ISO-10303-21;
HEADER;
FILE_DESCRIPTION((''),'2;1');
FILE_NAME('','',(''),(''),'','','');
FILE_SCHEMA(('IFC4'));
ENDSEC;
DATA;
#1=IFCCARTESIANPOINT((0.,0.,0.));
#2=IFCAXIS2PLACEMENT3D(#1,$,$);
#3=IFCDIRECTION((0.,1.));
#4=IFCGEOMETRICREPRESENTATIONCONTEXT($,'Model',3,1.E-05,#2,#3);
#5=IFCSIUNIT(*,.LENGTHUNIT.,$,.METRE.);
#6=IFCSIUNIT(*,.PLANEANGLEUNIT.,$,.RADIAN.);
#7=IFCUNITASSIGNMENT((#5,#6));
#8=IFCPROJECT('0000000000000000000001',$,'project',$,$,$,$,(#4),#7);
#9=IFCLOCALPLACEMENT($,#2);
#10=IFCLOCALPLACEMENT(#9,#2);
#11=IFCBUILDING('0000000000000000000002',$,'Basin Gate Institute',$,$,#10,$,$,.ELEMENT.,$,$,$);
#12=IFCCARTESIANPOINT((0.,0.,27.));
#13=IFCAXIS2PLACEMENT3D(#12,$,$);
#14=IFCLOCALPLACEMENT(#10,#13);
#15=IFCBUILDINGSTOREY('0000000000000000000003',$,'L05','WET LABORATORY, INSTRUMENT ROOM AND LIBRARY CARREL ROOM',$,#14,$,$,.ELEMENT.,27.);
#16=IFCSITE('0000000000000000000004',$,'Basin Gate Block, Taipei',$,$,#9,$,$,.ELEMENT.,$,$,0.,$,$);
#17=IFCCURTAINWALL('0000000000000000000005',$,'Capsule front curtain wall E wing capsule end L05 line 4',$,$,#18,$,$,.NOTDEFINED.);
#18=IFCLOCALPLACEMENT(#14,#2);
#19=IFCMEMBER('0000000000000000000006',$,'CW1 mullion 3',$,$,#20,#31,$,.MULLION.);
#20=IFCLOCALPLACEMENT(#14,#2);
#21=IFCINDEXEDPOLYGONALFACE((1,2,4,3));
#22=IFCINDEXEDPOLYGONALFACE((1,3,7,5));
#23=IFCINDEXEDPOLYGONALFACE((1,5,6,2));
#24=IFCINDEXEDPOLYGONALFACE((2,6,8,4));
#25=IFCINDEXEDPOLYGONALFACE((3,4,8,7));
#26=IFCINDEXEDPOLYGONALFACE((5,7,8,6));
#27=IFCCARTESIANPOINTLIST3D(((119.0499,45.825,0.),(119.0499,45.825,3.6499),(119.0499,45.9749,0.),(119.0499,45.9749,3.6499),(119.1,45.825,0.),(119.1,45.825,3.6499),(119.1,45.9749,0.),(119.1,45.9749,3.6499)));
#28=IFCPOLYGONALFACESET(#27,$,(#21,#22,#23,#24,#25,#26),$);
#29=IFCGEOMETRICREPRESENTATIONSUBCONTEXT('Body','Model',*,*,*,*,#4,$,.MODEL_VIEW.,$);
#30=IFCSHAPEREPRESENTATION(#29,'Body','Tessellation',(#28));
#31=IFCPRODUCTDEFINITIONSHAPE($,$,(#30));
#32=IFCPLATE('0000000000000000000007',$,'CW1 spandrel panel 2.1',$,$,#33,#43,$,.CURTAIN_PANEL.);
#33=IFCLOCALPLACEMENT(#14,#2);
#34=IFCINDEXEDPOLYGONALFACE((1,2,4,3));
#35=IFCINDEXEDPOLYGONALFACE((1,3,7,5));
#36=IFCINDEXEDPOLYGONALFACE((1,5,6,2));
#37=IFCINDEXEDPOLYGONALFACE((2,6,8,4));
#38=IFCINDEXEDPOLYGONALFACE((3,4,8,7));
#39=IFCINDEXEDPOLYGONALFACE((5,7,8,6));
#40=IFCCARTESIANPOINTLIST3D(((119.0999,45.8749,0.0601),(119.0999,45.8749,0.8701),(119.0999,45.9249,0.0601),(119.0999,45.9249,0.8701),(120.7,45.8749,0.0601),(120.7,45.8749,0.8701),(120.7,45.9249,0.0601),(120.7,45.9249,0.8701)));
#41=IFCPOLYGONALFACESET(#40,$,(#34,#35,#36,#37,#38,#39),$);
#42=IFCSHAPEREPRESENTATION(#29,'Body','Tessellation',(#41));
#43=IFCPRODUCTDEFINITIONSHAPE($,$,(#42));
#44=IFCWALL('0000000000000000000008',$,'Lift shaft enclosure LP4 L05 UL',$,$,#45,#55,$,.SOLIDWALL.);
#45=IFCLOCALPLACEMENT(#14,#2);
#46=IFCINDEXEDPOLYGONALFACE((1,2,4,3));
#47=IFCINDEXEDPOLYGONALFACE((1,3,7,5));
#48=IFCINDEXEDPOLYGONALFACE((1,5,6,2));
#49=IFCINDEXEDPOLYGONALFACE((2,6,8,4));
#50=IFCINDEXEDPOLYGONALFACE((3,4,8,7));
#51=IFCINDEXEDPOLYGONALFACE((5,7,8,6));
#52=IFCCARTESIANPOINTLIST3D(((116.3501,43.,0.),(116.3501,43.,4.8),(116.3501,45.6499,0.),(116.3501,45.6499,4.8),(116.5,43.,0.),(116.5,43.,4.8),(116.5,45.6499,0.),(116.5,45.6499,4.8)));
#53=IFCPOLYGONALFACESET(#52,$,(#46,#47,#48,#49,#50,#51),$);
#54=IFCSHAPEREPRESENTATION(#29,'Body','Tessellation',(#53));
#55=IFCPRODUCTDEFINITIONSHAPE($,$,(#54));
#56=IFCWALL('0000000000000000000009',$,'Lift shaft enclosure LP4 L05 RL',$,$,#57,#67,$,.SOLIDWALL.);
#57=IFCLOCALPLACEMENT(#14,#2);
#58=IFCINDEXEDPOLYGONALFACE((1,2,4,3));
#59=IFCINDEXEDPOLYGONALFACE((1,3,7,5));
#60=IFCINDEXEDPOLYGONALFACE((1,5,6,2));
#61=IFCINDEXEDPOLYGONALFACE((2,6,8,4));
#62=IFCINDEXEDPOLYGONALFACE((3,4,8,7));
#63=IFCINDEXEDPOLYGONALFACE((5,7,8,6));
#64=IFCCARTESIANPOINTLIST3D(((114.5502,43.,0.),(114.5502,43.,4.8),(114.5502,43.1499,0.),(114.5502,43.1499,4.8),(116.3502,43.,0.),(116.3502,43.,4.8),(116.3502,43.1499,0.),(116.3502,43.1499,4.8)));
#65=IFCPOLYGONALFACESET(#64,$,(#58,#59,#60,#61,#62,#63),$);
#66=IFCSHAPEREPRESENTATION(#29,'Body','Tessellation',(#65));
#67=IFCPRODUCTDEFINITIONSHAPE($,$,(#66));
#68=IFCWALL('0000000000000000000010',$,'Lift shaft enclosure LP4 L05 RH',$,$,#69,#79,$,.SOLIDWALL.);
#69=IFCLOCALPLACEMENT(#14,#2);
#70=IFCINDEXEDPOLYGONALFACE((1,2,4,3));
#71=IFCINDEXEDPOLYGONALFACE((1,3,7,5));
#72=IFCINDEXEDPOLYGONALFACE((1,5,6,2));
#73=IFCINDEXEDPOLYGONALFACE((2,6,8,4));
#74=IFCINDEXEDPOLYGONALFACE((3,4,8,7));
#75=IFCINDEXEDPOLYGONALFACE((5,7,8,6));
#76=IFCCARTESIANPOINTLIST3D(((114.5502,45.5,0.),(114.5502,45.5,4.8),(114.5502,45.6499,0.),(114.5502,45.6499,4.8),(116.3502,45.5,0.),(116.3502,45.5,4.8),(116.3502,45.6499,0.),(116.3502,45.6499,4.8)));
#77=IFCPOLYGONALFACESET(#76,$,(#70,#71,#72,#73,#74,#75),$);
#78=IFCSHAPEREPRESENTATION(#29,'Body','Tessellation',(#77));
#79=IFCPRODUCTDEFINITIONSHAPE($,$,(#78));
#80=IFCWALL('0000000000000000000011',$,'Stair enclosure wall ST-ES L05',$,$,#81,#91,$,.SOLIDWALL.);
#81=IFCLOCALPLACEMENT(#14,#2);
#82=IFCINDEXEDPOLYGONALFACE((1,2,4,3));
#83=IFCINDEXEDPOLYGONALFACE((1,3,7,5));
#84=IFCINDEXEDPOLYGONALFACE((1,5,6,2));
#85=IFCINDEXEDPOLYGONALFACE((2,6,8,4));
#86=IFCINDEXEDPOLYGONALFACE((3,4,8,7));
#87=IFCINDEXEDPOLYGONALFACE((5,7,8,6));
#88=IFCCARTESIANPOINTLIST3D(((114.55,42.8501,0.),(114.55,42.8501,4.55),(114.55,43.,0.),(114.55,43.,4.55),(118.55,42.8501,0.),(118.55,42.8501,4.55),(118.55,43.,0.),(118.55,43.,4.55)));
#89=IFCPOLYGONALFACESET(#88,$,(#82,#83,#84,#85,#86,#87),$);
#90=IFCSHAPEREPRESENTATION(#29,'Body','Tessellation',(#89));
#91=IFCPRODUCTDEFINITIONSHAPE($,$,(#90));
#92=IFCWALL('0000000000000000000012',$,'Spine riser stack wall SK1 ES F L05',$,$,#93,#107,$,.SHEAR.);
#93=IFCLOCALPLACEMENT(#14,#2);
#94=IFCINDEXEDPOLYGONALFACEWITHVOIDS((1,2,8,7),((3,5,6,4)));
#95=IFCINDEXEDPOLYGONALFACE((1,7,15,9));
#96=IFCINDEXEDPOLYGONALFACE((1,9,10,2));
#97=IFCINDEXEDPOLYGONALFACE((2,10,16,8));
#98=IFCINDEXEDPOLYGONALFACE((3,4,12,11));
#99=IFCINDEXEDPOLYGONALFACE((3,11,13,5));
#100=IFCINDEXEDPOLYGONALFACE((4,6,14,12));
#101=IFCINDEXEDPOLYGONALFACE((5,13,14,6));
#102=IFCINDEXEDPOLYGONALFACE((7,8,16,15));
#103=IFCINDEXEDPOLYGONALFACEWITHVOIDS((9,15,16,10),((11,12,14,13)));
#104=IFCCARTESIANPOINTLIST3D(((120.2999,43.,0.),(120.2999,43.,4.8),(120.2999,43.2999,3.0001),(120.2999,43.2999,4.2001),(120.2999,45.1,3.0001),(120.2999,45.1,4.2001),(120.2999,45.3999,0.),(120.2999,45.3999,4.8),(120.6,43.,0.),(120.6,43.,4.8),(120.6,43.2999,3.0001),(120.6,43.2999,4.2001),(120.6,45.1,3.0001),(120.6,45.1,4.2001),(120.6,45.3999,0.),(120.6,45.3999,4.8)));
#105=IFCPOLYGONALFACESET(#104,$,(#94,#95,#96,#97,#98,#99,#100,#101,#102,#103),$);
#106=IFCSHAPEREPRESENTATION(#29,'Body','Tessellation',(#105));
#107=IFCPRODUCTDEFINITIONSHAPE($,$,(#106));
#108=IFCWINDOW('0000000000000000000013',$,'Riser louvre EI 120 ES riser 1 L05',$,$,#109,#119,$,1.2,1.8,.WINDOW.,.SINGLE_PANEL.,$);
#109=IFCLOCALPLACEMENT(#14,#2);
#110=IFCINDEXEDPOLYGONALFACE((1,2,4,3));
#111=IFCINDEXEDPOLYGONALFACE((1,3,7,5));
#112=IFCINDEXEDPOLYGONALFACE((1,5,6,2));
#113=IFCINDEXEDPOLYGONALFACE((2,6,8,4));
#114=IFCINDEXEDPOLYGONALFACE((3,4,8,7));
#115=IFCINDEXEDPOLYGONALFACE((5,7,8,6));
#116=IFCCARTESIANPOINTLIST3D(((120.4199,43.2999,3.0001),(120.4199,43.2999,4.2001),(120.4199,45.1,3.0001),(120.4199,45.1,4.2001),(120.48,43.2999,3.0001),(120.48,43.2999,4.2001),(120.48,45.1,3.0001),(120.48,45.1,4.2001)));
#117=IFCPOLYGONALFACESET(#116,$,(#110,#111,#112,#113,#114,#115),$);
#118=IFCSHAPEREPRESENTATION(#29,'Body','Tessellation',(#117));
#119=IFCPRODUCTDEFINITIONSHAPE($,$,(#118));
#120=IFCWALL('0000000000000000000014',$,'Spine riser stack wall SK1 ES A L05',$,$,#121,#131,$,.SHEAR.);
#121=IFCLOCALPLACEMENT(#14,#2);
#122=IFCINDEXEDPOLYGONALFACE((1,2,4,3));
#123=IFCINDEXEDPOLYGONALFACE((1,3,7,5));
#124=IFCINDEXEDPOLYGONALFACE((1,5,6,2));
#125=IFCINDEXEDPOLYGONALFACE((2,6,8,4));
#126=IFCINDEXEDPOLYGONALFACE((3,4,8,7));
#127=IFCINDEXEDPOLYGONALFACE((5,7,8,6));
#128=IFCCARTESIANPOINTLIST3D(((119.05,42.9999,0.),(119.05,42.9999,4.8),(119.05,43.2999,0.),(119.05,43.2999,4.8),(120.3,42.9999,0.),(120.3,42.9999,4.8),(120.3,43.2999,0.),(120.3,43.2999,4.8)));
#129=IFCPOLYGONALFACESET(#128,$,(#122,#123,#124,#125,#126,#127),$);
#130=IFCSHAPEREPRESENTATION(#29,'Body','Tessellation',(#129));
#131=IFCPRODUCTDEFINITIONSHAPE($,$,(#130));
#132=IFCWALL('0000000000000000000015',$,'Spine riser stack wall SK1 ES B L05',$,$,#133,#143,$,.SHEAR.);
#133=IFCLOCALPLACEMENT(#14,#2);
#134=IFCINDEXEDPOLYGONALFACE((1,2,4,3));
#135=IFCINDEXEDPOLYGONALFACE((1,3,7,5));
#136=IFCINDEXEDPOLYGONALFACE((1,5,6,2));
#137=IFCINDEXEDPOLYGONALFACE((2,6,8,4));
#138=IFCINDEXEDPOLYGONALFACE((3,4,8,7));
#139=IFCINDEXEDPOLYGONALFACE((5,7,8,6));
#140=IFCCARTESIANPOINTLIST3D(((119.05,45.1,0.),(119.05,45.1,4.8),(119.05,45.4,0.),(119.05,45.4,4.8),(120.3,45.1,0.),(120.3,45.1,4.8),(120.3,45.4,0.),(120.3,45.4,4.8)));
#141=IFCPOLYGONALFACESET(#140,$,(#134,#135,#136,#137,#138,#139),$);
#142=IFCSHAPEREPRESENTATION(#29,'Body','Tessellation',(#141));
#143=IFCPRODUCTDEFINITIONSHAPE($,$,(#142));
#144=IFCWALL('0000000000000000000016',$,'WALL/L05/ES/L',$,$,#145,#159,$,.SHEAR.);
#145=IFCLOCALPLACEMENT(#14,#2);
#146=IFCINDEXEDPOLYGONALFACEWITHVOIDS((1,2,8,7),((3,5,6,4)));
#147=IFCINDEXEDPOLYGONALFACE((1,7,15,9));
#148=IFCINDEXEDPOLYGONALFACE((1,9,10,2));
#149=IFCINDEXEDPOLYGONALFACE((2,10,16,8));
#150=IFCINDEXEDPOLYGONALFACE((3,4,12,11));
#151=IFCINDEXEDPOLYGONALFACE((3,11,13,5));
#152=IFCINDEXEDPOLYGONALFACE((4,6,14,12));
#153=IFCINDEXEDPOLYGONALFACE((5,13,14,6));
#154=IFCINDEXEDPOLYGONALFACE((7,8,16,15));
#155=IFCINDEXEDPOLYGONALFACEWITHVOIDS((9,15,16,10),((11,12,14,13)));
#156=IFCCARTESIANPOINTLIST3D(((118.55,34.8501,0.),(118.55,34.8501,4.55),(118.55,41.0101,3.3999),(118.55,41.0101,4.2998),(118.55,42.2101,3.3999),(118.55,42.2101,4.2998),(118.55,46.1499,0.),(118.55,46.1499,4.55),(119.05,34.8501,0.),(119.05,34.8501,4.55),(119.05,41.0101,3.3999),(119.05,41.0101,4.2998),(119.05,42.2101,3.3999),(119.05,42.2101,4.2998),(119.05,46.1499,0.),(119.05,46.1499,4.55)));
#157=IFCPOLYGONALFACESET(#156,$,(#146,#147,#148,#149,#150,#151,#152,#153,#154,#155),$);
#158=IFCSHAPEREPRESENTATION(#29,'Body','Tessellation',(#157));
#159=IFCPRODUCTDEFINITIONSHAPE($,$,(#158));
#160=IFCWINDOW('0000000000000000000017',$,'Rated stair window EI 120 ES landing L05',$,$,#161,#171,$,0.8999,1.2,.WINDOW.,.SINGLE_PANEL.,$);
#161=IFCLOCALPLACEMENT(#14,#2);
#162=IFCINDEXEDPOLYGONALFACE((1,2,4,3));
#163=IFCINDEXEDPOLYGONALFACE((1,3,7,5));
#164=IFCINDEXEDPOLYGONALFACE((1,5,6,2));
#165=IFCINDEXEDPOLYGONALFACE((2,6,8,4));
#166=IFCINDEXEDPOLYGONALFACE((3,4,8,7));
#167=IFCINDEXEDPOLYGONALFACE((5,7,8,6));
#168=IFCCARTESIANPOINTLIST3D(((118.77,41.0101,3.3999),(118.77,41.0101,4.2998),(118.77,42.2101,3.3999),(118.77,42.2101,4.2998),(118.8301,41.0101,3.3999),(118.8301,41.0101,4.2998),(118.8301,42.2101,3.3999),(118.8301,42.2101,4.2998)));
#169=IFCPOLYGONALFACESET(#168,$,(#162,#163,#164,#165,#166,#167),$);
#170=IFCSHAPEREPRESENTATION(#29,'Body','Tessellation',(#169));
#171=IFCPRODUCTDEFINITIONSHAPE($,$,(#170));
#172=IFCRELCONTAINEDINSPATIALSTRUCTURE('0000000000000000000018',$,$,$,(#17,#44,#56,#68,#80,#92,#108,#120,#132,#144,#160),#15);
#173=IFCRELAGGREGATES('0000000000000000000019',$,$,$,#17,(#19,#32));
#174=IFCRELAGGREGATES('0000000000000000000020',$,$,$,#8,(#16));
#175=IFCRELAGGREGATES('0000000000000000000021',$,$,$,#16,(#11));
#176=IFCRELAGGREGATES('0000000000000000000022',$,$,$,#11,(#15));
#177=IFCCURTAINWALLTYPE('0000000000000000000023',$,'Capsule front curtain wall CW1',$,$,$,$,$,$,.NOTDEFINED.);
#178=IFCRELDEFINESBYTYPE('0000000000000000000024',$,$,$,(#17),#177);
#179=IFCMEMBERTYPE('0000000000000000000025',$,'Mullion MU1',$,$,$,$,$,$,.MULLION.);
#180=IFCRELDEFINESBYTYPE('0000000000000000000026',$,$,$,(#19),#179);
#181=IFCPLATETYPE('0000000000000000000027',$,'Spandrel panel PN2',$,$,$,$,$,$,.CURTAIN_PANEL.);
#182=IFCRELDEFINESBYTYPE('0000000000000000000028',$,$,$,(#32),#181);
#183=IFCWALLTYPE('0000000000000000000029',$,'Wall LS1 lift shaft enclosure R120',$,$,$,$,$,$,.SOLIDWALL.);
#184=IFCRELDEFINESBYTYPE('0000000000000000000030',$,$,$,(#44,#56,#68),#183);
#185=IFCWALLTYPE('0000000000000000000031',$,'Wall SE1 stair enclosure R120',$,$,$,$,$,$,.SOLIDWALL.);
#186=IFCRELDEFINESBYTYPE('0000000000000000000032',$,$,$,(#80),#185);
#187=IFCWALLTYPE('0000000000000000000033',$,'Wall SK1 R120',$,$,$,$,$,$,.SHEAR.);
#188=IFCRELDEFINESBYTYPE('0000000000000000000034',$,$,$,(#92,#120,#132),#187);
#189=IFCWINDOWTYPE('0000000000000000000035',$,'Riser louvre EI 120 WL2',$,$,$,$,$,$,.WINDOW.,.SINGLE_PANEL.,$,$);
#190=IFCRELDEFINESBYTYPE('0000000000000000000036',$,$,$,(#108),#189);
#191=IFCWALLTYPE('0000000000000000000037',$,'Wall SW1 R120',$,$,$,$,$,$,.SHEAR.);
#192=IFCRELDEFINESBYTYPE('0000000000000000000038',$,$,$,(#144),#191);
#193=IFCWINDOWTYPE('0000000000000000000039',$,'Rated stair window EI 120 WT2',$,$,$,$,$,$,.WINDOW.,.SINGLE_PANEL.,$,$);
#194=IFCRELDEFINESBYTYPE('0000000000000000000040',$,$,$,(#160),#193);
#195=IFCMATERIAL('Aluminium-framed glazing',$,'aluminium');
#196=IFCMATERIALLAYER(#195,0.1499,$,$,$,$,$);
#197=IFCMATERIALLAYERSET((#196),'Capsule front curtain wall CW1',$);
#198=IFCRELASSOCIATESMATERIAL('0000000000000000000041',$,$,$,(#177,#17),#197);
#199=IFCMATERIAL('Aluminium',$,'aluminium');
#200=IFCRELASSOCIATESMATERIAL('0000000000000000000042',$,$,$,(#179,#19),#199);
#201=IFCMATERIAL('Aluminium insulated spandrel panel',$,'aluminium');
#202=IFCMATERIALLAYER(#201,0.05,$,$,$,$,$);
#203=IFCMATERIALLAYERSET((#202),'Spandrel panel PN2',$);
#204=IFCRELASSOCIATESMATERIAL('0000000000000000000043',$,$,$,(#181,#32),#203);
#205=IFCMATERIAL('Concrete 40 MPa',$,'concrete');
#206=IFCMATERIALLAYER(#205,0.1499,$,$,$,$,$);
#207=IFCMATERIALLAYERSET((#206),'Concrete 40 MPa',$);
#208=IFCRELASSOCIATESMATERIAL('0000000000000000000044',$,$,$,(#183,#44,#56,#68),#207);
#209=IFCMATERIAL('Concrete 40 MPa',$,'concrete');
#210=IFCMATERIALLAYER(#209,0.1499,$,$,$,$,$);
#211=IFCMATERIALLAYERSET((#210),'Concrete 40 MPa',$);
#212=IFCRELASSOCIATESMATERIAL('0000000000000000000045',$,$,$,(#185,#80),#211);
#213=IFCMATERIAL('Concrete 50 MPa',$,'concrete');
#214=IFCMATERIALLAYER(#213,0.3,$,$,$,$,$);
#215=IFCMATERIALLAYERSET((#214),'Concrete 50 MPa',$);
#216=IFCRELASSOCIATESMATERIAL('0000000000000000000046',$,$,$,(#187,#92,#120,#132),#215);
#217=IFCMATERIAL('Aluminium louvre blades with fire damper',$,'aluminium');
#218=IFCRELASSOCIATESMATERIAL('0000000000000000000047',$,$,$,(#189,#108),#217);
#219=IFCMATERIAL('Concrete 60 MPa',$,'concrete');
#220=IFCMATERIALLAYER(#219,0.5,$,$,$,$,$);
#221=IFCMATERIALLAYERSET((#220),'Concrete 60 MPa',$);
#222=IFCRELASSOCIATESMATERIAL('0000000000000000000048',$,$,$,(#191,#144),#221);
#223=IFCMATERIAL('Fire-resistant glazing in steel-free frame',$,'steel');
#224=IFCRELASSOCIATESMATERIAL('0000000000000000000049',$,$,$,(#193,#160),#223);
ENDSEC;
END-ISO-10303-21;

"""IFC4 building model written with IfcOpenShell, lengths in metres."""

from ifc_helpers import new_model, si_unit, direction, frame, frame_2d, origin, origin_2d, place, context, subcontext, project, spatial, rectangle, extrude, material, layer, layer_set, material_profile, profile_set, type_object, element, fill, aggregate, save


model = new_model("IFC4")

# Units and contexts
model_context = context("Model", 3, precision=1e-05, world=origin(), true_north=direction((0.0, 1.0)))
body_context = subcontext(model_context, "Body", "Model", "MODEL_VIEW")
ifc_project = project(units=[si_unit("LENGTHUNIT", "METRE"), si_unit("PLANEANGLEUNIT", "RADIAN")], contexts=[model_context])

# Site, building, storey
site_placement = place(None, origin())
site = spatial("IfcSite", under=ifc_project, at=site_placement, Name="Basin Gate Block, Taipei", CompositionType="ELEMENT", RefElevation=0.0)
building_placement = place(site_placement, origin())
building = spatial("IfcBuilding", under=site, at=building_placement, Name="Basin Gate Institute", CompositionType="ELEMENT")
storey_placement = place(building_placement, frame((0.0, 0.0, 27.0)))
storey = spatial("IfcBuildingStorey", under=building, at=storey_placement, Name="L05", Description="WET LABORATORY, INSTRUMENT ROOM AND LIBRARY CARREL ROOM", CompositionType="ELEMENT", Elevation=27.0)

# Curtain wall, member, plate
ifc_material_1 = material(Name="Aluminium-framed glazing", Category="aluminium")
ifc_layer_1 = layer(ifc_material_1, 0.1499)
ifc_layer_set_1 = layer_set([ifc_layer_1], Name="Capsule front curtain wall CW1")
curtain_wall_type = type_object("IfcCurtainWallType", Name="Capsule front curtain wall CW1", PredefinedType="NOTDEFINED", material=ifc_layer_set_1)
curtain_wall_placement = place(storey_placement, origin())
curtain_wall = element("IfcCurtainWall", 1, at=curtain_wall_placement, inside=storey, type_object=curtain_wall_type, material=ifc_layer_set_1, Name="Capsule front curtain wall E wing capsule end L05 line 4", PredefinedType="NOTDEFINED")
ifc_material_2 = material(Name="Aluminium", Category="aluminium")
ifc_material_profile = material_profile(ifc_material_2, rectangle(XDim=0.1499, YDim=0.05, at=origin_2d()), Name="Mullion MU1 150 x 50")
ifc_profile_set = profile_set([ifc_material_profile], Name="Aluminium")
member_type = type_object("IfcMemberType", Name="Mullion MU1", PredefinedType="MULLION", material=ifc_profile_set)
member_placement = place(storey_placement, frame((119.075, 45.8999, 0.0), z_axis=(0.0, 0.0, 1.0), x_axis=(0.0, -1.0, 0.0)))
member = element("IfcMember", 2, at=member_placement, type_object=member_type, material=ifc_profile_set, Name="CW1 mullion 3", PredefinedType="MULLION", context=body_context, shape_type="SweptSolid", body=[
    extrude(rectangle(XDim=0.1499, YDim=0.05, at=origin_2d()), origin(), (0.0, 0.0, 1.0), 3.6499),
])
ifc_material_3 = material(Name="Aluminium insulated spandrel panel", Category="aluminium")
ifc_layer_2 = layer(ifc_material_3, 0.05)
ifc_layer_set_2 = layer_set([ifc_layer_2], Name="Spandrel panel PN2")
plate_type = type_object("IfcPlateType", Name="Spandrel panel PN2", PredefinedType="CURTAIN_PANEL", material=ifc_layer_set_2)
plate_placement = place(storey_placement, frame((119.8999, 45.8999, 0.0601), z_axis=(0.0, 0.0, 1.0), x_axis=(-1.0, 0.0, 0.0)))
plate = element("IfcPlate", 3, at=plate_placement, type_object=plate_type, material=ifc_layer_set_2, Name="CW1 spandrel panel 2.1", PredefinedType="CURTAIN_PANEL", context=body_context, shape_type="SweptSolid", body=[
    extrude(rectangle(XDim=1.6001, YDim=0.05, at=origin_2d()), origin(), (0.0, 0.0, 1.0), 0.8101),
])
aggregate(curtain_wall, [member, plate])

# Walls
ifc_material_4 = material(Name="Concrete 40 MPa", Category="concrete")
ifc_layer_3 = layer(ifc_material_4, 0.1499)
ifc_layer_set_3 = layer_set([ifc_layer_3], Name="Concrete 40 MPa")
wall_type_1 = type_object("IfcWallType", Name="Wall LS1 lift shaft enclosure R120", PredefinedType="SOLIDWALL", material=ifc_layer_set_3)
wall_1_placement = place(storey_placement, frame((116.425, 43.0, 0.0), z_axis=(0.0, 0.0, 1.0), x_axis=(0.0, 1.0, 0.0)))
element("IfcWall", 4, at=wall_1_placement, inside=storey, type_object=wall_type_1, material=ifc_layer_set_3, Name="Lift shaft enclosure LP4 L05 UL", PredefinedType="SOLIDWALL", context=body_context, shape_type="SweptSolid", body=[
    extrude(rectangle(XDim=2.6499, YDim=0.1499, at=frame_2d((1.325, 0.0))), origin(), (0.0, 0.0, 1.0), 4.8),
])
for number, where, z_axis, x_axis, name in (
    (5, (116.3501, 43.075, 0.0), (0.0, 0.0, 1.0), (-1.0, 0.0, 0.0), "Lift shaft enclosure LP4 L05 RL"),
    (6, (116.3501, 45.575, 0.0), (0.0, 0.0, 1.0), (-1.0, 0.0, 0.0), "Lift shaft enclosure LP4 L05 RH"),
):
    element("IfcWall", number, at=place(storey_placement, frame(where, z_axis=z_axis, x_axis=x_axis)), inside=storey, type_object=wall_type_1, material=ifc_layer_set_3, Name=name, PredefinedType="SOLIDWALL", context=body_context, shape_type="SweptSolid", body=[
        extrude(rectangle(XDim=1.8, YDim=0.1499, at=frame_2d((0.8999, 0.0))), origin(), (0.0, 0.0, 1.0), 4.8),
    ])
ifc_material_5 = material(Name="Concrete 40 MPa", Category="concrete")
ifc_layer_4 = layer(ifc_material_5, 0.1499)
ifc_layer_set_4 = layer_set([ifc_layer_4], Name="Concrete 40 MPa")
wall_type_2 = type_object("IfcWallType", Name="Wall SE1 stair enclosure R120", PredefinedType="SOLIDWALL", material=ifc_layer_set_4)
wall_2_placement = place(storey_placement, frame((118.55, 42.925, 0.0), z_axis=(0.0, 0.0, 1.0), x_axis=(-1.0, 0.0, 0.0)))
element("IfcWall", 7, at=wall_2_placement, inside=storey, type_object=wall_type_2, material=ifc_layer_set_4, Name="Stair enclosure wall ST-ES L05", PredefinedType="SOLIDWALL", context=body_context, shape_type="SweptSolid", body=[
    extrude(rectangle(XDim=4.0, YDim=0.1499, at=frame_2d((2.0, 0.0))), origin(), (0.0, 0.0, 1.0), 4.55),
])

# Wall, opening, window
ifc_material_6 = material(Name="Concrete 50 MPa", Category="concrete")
ifc_layer_5 = layer(ifc_material_6, 0.3)
ifc_layer_set_5 = layer_set([ifc_layer_5], Name="Concrete 50 MPa")
wall_type_3 = type_object("IfcWallType", Name="Wall SK1 R120", PredefinedType="SHEAR", material=ifc_layer_set_5)
wall_3_placement = place(storey_placement, frame((120.45, 43.0, 0.0), z_axis=(0.0, 0.0, 1.0), x_axis=(0.0, 1.0, 0.0)))
wall_3 = element("IfcWall", 8, at=wall_3_placement, inside=storey, type_object=wall_type_3, material=ifc_layer_set_5, Name="Spine riser stack wall SK1 ES F L05", PredefinedType="SHEAR", context=body_context, shape_type="SweptSolid", body=[
    extrude(rectangle(XDim=2.3999, YDim=0.3, at=frame_2d((1.2, 0.0))), origin(), (0.0, 0.0, 1.0), 4.8),
])
opening_1_placement = place(wall_3_placement, frame((0.3, 0.0, 3.0)))
opening_1 = element("IfcOpeningElement", 9, at=opening_1_placement, cuts=wall_3, PredefinedType="OPENING", context=body_context, shape_type="SweptSolid", body=[
    extrude(rectangle(XDim=1.8, YDim=1.2, at=frame_2d((0.8999, 0.6001))), frame((0.0, 0.1602, 0.0), z_axis=(0.0, -1.0, 0.0), x_axis=(1.0, 0.0, 0.0)), (0.0, 0.0, 1.0), 0.3201),
])
ifc_material_7 = material(Name="Aluminium louvre blades with fire damper", Category="aluminium")
window_type_1 = type_object("IfcWindowType", Name="Riser louvre EI 120 WL2", PartitioningType="SINGLE_PANEL", PredefinedType="WINDOW", material=ifc_material_7)
window_1_placement = place(opening_1_placement, origin())
window_1 = element("IfcWindow", 10, at=window_1_placement, inside=storey, type_object=window_type_1, material=ifc_material_7, Name="Riser louvre EI 120 ES riser 1 L05", OverallHeight=1.2, OverallWidth=1.8, PartitioningType="SINGLE_PANEL", PredefinedType="WINDOW", context=body_context, shape_type="SweptSolid", body=[
    extrude(rectangle(XDim=1.8, YDim=1.2, at=frame_2d((0.8999, 0.6001))), frame((0.0, 0.03, 0.0), z_axis=(0.0, -1.0, 0.0), x_axis=(1.0, 0.0, 0.0)), (0.0, 0.0, 1.0), 0.0601),
])
fill(opening_1, window_1)

# Walls
for number, where, z_axis, x_axis, name in (
    (11, (119.05, 43.1499, 0.0), (0.0, 0.0, 1.0), (1.0, 0.0, 0.0), "Spine riser stack wall SK1 ES A L05"),
    (12, (119.05, 45.25, 0.0), (0.0, 0.0, 1.0), (1.0, 0.0, 0.0), "Spine riser stack wall SK1 ES B L05"),
):
    element("IfcWall", number, at=place(storey_placement, frame(where, z_axis=z_axis, x_axis=x_axis)), inside=storey, type_object=wall_type_3, material=ifc_layer_set_5, Name=name, PredefinedType="SHEAR", context=body_context, shape_type="SweptSolid", body=[
        extrude(rectangle(XDim=1.25, YDim=0.3, at=frame_2d((0.625, 0.0))), origin(), (0.0, 0.0, 1.0), 4.8),
    ])

# Wall, opening, window
ifc_material_8 = material(Name="Concrete 60 MPa", Category="concrete")
ifc_layer_6 = layer(ifc_material_8, 0.5)
ifc_layer_set_6 = layer_set([ifc_layer_6], Name="Concrete 60 MPa")
wall_type_4 = type_object("IfcWallType", Name="Wall SW1 R120", PredefinedType="SHEAR", material=ifc_layer_set_6)
wall_4_placement = place(storey_placement, frame((118.8, 34.8501, 0.0), z_axis=(0.0, 0.0, 1.0), x_axis=(0.0, 1.0, 0.0)))
wall_4 = element("IfcWall", 13, at=wall_4_placement, inside=storey, type_object=wall_type_4, material=ifc_layer_set_6, Name="WALL/L05/ES/L", PredefinedType="SHEAR", context=body_context, shape_type="SweptSolid", body=[
    extrude(rectangle(XDim=11.2998, YDim=0.5, at=frame_2d((5.6499, 0.0))), origin(), (0.0, 0.0, 1.0), 4.55),
])
opening_2_placement = place(wall_4_placement, frame((6.1599, 0.0, 3.3999)))
opening_2 = element("IfcOpeningElement", 14, at=opening_2_placement, cuts=wall_4, PredefinedType="OPENING", context=body_context, shape_type="SweptSolid", body=[
    extrude(rectangle(XDim=1.2, YDim=0.8999, at=frame_2d((0.6001, 0.45))), frame((0.0, 0.26, 0.0), z_axis=(0.0, -1.0, 0.0), x_axis=(1.0, 0.0, 0.0)), (0.0, 0.0, 1.0), 0.52),
])
ifc_material_9 = material(Name="Fire-resistant glazing in steel-free frame", Category="steel")
window_type_2 = type_object("IfcWindowType", Name="Rated stair window EI 120 WT2", PartitioningType="SINGLE_PANEL", PredefinedType="WINDOW", material=ifc_material_9)
window_2_placement = place(opening_2_placement, origin())
window_2 = element("IfcWindow", 15, at=window_2_placement, inside=storey, type_object=window_type_2, material=ifc_material_9, Name="Rated stair window EI 120 ES landing L05", OverallHeight=0.8999, OverallWidth=1.2, PartitioningType="SINGLE_PANEL", PredefinedType="WINDOW", context=body_context, shape_type="SweptSolid", body=[
    extrude(rectangle(XDim=1.2, YDim=0.8999, at=frame_2d((0.6001, 0.45))), frame((0.0, 0.03, 0.0), z_axis=(0.0, -1.0, 0.0), x_axis=(1.0, 0.0, 0.0)), (0.0, 0.0, 1.0), 0.0601),
])
fill(opening_2, window_2)

save(model, "model.ifc")
